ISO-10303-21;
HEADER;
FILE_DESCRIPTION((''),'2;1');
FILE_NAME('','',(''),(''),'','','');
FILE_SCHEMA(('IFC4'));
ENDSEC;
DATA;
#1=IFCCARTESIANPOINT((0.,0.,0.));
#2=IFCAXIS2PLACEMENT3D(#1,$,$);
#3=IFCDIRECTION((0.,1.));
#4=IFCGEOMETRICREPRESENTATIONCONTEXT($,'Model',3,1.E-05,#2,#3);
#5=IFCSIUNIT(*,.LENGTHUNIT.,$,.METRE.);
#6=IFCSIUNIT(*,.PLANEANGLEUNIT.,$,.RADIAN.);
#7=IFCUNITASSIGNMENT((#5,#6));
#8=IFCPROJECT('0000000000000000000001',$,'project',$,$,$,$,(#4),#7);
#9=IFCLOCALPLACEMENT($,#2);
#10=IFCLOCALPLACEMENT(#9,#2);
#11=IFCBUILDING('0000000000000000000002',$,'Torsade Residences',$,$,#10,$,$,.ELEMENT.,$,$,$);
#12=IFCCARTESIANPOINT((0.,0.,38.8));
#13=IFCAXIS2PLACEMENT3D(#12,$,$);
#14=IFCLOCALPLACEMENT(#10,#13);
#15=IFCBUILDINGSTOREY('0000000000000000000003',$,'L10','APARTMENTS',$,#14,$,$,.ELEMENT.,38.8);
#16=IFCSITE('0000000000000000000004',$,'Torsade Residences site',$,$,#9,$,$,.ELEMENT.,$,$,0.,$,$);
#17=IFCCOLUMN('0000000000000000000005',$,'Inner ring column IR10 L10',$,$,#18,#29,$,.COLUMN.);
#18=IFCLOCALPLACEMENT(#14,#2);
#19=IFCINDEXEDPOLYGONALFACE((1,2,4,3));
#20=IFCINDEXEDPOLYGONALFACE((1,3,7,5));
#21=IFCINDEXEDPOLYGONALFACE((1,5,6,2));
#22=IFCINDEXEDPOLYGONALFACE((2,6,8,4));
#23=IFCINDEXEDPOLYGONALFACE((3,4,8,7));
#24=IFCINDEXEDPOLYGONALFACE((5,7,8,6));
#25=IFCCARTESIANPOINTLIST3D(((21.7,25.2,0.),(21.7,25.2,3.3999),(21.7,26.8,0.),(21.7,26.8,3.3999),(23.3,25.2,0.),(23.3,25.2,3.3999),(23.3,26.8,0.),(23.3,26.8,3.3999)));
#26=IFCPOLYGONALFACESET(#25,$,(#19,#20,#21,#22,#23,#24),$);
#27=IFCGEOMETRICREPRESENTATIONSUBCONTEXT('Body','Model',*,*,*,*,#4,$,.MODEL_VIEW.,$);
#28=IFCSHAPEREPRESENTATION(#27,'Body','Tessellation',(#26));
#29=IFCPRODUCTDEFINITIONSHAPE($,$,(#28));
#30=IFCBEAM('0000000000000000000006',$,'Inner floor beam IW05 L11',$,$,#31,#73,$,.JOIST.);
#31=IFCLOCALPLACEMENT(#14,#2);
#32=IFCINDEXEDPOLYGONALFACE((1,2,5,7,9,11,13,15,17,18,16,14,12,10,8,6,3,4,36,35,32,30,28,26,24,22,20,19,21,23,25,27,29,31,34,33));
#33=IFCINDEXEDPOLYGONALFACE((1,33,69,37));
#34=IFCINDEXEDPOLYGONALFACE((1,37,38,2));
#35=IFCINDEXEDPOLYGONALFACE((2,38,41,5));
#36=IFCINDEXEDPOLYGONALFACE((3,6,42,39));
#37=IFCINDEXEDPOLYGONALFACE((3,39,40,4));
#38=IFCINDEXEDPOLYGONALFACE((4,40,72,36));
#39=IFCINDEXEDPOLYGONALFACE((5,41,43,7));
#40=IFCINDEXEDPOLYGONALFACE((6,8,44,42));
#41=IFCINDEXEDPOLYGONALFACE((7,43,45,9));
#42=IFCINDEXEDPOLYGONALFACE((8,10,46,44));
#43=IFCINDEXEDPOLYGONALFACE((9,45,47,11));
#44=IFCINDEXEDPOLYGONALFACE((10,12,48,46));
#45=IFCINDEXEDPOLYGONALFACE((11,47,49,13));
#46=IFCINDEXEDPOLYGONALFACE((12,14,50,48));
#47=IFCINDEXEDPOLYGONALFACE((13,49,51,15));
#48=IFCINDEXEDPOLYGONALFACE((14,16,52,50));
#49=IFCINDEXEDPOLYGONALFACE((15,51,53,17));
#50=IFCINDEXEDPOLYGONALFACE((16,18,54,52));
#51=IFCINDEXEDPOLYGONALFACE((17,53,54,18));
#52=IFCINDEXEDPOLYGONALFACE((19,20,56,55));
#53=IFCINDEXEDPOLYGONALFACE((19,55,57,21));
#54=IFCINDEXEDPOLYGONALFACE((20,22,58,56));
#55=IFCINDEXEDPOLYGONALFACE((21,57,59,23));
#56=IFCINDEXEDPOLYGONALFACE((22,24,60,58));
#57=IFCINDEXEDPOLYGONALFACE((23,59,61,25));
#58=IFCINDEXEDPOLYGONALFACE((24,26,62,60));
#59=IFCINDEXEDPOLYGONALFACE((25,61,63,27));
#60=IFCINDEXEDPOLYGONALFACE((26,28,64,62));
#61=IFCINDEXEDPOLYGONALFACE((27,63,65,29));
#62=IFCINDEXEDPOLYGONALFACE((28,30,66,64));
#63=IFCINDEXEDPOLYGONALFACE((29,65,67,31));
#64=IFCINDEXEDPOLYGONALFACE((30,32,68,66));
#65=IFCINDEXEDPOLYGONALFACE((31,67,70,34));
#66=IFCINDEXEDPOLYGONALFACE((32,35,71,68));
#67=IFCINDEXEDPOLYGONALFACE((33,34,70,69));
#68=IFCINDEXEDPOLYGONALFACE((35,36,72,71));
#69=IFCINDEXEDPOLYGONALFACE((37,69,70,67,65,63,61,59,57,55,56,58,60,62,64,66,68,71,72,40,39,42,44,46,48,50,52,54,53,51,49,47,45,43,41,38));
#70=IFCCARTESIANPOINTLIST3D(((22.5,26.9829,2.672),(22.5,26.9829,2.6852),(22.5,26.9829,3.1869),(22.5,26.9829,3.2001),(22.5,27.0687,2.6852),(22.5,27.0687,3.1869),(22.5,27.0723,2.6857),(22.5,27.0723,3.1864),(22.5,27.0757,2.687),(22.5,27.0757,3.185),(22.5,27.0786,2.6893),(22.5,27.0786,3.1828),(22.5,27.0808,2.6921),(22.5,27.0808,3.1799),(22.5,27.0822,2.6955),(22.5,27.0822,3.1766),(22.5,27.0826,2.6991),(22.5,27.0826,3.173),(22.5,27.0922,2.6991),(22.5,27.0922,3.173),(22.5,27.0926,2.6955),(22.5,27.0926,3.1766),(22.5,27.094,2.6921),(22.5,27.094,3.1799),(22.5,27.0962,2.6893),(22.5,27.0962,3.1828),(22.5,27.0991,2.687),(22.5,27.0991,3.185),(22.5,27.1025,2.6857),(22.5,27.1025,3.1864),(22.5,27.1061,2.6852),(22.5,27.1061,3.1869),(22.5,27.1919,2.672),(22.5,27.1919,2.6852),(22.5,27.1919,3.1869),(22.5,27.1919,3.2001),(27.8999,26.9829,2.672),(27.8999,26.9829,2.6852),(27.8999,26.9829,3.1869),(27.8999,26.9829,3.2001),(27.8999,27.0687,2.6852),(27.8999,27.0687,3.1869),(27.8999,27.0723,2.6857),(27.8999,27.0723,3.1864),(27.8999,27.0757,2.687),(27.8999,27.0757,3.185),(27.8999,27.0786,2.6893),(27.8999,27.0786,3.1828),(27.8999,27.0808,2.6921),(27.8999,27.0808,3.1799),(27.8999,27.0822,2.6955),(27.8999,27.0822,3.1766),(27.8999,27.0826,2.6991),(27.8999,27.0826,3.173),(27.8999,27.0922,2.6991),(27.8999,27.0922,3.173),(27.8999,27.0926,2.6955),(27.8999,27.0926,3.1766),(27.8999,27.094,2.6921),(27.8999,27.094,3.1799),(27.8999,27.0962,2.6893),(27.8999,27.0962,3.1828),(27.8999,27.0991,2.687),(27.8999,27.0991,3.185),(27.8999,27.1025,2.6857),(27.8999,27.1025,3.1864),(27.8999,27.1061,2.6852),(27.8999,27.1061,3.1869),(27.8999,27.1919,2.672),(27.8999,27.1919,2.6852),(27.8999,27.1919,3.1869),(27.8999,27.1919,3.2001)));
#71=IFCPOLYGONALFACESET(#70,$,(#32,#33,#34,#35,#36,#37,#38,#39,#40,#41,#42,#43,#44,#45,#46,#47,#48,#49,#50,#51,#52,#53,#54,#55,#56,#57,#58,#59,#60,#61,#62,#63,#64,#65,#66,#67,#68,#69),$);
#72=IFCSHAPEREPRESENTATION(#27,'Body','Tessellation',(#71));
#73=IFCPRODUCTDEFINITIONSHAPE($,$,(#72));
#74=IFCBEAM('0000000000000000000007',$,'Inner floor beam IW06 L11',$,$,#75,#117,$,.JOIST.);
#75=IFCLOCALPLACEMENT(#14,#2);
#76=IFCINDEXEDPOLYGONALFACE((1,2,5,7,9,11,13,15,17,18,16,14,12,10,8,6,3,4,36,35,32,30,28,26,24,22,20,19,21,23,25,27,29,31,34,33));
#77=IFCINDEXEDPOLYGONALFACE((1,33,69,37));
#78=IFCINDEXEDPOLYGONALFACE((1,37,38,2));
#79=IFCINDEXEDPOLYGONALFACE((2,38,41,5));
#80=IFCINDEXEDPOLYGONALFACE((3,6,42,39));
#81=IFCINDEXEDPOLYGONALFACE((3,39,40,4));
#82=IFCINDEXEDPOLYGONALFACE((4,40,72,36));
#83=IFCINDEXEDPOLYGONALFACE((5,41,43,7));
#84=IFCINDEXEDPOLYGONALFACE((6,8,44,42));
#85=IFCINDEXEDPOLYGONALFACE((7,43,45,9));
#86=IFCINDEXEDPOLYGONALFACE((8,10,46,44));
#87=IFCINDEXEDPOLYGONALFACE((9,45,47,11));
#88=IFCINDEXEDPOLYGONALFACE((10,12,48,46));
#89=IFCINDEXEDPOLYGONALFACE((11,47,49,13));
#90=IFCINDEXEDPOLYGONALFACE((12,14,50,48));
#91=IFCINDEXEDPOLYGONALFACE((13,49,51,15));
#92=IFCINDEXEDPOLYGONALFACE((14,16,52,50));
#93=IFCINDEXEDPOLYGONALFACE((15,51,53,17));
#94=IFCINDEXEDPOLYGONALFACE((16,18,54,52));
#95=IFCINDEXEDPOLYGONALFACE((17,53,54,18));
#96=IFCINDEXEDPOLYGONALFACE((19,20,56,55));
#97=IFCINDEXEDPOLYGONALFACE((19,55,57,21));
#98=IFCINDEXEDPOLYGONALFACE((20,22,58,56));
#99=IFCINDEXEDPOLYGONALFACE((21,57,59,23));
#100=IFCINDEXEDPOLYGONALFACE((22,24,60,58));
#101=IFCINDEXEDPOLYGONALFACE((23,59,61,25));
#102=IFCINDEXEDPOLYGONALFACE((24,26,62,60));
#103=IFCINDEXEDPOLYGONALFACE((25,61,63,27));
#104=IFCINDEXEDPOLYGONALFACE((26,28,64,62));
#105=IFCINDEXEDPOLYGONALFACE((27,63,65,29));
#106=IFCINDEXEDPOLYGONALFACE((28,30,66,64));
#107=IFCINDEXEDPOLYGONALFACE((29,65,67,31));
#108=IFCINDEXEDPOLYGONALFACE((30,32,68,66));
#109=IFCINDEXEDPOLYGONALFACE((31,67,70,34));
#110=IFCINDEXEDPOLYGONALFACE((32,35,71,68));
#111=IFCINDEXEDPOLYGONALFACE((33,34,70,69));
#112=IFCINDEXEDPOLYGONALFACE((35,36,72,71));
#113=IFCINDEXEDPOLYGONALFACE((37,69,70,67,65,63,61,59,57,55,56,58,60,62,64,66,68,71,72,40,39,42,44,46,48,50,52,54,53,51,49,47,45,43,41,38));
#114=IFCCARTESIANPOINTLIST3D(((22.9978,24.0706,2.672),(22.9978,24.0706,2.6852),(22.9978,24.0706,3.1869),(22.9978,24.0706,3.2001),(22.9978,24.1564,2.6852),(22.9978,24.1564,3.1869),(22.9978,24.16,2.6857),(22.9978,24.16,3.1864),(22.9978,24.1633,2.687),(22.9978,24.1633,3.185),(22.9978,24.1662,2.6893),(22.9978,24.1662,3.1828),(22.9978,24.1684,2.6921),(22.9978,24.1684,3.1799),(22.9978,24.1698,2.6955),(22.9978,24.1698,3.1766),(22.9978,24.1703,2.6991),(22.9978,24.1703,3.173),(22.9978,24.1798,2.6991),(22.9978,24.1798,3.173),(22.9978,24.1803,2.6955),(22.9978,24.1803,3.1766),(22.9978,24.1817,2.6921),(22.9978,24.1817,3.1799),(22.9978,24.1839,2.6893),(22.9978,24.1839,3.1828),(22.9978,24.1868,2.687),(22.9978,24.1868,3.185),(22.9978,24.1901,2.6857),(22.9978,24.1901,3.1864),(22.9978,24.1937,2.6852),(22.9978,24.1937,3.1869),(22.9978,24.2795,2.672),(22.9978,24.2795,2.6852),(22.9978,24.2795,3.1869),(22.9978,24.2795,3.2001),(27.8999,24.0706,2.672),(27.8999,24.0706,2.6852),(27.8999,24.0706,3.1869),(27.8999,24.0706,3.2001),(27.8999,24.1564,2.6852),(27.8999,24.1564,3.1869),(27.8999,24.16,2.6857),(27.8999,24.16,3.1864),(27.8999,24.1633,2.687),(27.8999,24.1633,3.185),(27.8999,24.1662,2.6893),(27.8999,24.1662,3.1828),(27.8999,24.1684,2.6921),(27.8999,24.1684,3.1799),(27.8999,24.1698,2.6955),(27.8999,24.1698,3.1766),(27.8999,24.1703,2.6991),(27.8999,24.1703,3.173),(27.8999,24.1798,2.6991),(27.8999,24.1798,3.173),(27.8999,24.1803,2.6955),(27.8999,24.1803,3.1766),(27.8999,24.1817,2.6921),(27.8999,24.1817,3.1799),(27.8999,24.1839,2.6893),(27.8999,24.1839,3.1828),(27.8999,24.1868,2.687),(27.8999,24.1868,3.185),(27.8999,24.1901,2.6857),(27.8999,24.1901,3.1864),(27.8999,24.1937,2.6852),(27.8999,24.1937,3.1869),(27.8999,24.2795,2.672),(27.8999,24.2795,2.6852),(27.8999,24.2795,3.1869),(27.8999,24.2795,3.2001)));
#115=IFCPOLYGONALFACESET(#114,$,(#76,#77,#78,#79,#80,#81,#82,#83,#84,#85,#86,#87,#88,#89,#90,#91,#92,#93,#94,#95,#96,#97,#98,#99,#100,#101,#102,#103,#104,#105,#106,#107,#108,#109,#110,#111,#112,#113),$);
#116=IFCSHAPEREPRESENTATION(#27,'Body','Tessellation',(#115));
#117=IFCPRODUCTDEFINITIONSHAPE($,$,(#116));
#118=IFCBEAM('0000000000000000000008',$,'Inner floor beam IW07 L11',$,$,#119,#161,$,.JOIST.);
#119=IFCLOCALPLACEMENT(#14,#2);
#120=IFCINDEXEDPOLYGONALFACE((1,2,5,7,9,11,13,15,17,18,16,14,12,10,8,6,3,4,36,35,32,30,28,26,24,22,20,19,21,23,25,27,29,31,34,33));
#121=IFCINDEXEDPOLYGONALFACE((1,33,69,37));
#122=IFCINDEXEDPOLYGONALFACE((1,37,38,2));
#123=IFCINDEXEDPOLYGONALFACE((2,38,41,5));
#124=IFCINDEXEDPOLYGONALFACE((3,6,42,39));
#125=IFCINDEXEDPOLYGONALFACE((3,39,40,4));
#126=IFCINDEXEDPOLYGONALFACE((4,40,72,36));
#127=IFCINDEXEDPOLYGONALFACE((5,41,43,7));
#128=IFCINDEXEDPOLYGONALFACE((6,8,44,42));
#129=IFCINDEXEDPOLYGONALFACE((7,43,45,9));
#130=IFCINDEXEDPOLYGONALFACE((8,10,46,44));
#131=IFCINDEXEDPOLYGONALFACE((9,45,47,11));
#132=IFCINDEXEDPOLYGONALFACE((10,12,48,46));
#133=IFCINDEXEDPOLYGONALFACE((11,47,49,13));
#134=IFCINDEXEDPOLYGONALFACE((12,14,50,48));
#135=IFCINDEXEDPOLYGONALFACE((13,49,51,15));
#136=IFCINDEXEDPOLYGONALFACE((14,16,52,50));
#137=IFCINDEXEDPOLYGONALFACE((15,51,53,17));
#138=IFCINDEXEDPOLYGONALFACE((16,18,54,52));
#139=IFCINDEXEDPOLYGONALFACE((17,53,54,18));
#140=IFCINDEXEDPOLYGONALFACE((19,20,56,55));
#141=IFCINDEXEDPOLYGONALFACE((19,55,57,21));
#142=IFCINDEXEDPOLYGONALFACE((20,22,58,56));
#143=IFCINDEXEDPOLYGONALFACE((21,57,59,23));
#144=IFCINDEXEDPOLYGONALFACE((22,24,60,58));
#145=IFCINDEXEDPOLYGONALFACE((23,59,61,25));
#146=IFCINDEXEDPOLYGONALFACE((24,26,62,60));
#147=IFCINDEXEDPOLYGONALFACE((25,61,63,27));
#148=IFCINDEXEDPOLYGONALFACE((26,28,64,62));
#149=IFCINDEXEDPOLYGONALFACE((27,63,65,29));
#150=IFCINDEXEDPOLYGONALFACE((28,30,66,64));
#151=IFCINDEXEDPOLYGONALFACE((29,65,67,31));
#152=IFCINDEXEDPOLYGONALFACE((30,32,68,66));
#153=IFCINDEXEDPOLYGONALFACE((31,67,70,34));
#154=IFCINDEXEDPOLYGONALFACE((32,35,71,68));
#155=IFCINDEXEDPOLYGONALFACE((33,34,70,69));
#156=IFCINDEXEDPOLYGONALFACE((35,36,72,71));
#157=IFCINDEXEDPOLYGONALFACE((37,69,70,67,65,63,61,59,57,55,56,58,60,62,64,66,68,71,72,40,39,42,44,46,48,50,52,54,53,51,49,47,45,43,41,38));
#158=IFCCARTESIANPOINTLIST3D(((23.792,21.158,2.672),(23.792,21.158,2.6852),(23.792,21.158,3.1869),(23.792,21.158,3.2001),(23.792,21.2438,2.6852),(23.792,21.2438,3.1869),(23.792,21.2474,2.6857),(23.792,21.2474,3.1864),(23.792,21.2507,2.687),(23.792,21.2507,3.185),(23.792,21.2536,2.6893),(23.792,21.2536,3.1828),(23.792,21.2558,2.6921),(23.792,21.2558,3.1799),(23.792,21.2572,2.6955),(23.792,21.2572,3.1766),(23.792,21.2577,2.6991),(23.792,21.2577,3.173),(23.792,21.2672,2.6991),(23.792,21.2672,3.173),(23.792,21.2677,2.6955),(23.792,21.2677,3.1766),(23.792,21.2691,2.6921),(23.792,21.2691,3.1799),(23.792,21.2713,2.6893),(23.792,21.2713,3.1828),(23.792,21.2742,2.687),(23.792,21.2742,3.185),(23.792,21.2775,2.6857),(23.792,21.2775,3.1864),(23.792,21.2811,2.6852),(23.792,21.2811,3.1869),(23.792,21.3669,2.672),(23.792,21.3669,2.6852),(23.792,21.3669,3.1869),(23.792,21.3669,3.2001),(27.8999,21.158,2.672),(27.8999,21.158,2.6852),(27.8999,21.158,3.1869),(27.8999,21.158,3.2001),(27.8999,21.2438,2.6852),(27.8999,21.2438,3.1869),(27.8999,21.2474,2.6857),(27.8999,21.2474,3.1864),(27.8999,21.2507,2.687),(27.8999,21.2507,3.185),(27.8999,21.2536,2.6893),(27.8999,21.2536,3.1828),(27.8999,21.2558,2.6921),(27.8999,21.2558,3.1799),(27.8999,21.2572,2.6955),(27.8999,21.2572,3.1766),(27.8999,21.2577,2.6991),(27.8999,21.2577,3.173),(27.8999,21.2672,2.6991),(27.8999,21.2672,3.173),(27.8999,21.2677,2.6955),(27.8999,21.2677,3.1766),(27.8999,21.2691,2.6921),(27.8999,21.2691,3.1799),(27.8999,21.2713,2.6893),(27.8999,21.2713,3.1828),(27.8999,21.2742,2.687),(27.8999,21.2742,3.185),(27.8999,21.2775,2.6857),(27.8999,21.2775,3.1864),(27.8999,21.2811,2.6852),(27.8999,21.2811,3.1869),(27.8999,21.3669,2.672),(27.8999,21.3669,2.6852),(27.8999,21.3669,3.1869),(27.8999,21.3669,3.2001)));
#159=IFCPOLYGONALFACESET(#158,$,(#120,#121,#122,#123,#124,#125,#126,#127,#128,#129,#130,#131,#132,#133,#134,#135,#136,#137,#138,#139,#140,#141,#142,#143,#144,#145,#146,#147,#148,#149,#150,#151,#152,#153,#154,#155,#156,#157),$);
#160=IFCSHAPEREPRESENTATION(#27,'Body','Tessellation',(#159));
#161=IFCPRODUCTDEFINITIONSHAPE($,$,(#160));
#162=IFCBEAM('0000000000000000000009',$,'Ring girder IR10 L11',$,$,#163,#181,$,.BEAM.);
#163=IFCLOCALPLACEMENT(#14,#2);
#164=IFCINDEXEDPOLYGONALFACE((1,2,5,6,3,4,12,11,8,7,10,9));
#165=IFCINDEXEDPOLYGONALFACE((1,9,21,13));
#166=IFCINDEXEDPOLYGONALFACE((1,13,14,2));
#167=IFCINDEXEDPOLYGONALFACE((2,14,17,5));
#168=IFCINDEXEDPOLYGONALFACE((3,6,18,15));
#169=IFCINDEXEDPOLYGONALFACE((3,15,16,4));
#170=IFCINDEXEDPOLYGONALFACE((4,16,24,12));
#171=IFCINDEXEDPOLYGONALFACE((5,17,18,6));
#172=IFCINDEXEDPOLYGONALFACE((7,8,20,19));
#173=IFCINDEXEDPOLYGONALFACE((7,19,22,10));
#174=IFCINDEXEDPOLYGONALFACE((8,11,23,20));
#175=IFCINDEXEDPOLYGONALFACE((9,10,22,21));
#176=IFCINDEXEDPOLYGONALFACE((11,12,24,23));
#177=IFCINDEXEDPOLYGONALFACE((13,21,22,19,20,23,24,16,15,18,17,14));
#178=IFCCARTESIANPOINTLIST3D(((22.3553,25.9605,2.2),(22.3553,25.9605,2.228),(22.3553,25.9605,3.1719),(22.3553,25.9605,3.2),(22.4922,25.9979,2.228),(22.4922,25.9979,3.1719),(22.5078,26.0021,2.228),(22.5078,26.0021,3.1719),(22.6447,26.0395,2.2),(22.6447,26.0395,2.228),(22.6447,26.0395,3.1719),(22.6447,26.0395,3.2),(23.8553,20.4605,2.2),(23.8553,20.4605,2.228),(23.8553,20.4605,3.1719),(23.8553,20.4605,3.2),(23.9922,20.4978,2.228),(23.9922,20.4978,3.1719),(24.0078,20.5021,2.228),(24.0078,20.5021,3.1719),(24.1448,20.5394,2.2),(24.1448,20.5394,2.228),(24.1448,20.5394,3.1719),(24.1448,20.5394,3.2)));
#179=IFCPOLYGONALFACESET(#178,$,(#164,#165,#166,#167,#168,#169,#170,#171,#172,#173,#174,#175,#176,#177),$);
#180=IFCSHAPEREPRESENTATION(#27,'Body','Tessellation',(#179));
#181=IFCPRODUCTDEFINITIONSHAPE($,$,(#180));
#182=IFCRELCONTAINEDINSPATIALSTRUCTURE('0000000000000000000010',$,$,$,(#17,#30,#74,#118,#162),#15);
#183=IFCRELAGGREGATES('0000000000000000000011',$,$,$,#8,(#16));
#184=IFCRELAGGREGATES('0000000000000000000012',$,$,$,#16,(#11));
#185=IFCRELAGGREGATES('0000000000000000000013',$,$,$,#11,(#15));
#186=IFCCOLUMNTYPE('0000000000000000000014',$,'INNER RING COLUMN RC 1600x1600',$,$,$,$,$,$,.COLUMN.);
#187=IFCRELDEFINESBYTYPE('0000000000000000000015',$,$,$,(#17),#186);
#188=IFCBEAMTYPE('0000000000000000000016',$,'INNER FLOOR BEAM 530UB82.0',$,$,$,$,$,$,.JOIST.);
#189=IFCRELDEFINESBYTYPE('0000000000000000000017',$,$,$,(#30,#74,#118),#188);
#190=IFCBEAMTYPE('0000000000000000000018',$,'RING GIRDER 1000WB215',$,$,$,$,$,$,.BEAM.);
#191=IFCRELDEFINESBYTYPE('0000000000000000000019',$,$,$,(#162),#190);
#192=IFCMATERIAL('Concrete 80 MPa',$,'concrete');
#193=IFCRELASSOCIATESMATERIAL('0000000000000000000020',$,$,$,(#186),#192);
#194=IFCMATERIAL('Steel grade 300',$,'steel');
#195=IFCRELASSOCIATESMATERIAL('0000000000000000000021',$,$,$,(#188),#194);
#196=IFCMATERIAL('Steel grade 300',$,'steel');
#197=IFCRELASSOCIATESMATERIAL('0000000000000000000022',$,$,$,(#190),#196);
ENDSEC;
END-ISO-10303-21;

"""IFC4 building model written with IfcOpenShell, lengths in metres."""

from ifc_helpers import new_model, si_unit, direction, frame, origin, origin_2d, place, context, subcontext, project, spatial, rectangle, i_section, extrude, material, material_profile, profile_set, type_object, element, save


model = new_model("IFC4")

# Units and contexts
model_context = context("Model", 3, precision=1e-05, world=origin(), true_north=direction((0.0, 1.0)))
body_context = subcontext(model_context, "Body", "Model", "MODEL_VIEW")
ifc_project = project(units=[si_unit("LENGTHUNIT", "METRE"), si_unit("PLANEANGLEUNIT", "RADIAN")], contexts=[model_context])

# Site, building, storey
site_placement = place(None, origin())
site = spatial("IfcSite", under=ifc_project, at=site_placement, Name="Torsade Residences site", CompositionType="ELEMENT", RefElevation=0.0)
building_placement = place(site_placement, origin())
building = spatial("IfcBuilding", under=site, at=building_placement, Name="Torsade Residences", CompositionType="ELEMENT")
storey_placement = place(building_placement, frame((0.0, 0.0, 38.8)))
storey = spatial("IfcBuildingStorey", under=building, at=storey_placement, Name="L10", Description="APARTMENTS", CompositionType="ELEMENT", Elevation=38.8)

# Column
ifc_material_1 = material(Name="Concrete 80 MPa", Category="concrete")
ifc_material_profile_1 = material_profile(ifc_material_1, rectangle(XDim=1.6001, YDim=1.6001, at=origin_2d()), Name="RC 1600x1600")
ifc_profile_set_1 = profile_set([ifc_material_profile_1], Name="Concrete 80 MPa")
column_type = type_object("IfcColumnType", Name="INNER RING COLUMN RC 1600x1600", PredefinedType="COLUMN", material=ifc_profile_set_1)
column_placement = place(storey_placement, frame((22.5, 26.0, 0.0), z_axis=(0.0, 0.0, 1.0), x_axis=(1.0, 0.0, 0.0)))
element("IfcColumn", 1, at=column_placement, inside=storey, type_object=column_type, Name="Inner ring column IR10 L10", PredefinedType="COLUMN", context=body_context, shape_type="SweptSolid", body=[
    extrude(rectangle(XDim=1.6001, YDim=1.6001, at=origin_2d()), origin(), (0.0, 0.0, 1.0), 3.3999),
])

# Beams
ifc_material_2 = material(Name="Steel grade 300", Category="steel")
ifc_material_profile_2 = material_profile(ifc_material_2, i_section(OverallWidth=0.209, OverallDepth=0.5281, WebThickness=0.0095, FlangeThickness=0.0132, FilletRadius=0.0139, at=origin_2d()), Name="530UB82.0")
ifc_profile_set_2 = profile_set([ifc_material_profile_2], Name="Steel grade 300")
beam_type_1 = type_object("IfcBeamType", Name="INNER FLOOR BEAM 530UB82.0", PredefinedType="JOIST", material=ifc_profile_set_2)
beam_1_placement = place(storey_placement, frame((27.8999, 27.0874, 2.936), z_axis=(-1.0, 0.0, 0.0), x_axis=(0.0, -1.0, 0.0)))
element("IfcBeam", 2, at=beam_1_placement, inside=storey, type_object=beam_type_1, Name="Inner floor beam IW05 L11", PredefinedType="JOIST", context=body_context, shape_type="SweptSolid", body=[
    extrude(i_section(OverallWidth=0.209, OverallDepth=0.5281, WebThickness=0.0095, FlangeThickness=0.0132, FilletRadius=0.0139, at=origin_2d()), origin(), (0.0, 0.0, 1.0), 5.3999),
])
beam_2_placement = place(storey_placement, frame((27.8999, 24.175, 2.936), z_axis=(-1.0, 0.0, 0.0), x_axis=(0.0, -1.0, 0.0)))
element("IfcBeam", 3, at=beam_2_placement, inside=storey, type_object=beam_type_1, Name="Inner floor beam IW06 L11", PredefinedType="JOIST", context=body_context, shape_type="SweptSolid", body=[
    extrude(i_section(OverallWidth=0.209, OverallDepth=0.5281, WebThickness=0.0095, FlangeThickness=0.0132, FilletRadius=0.0139, at=origin_2d()), origin(), (0.0, 0.0, 1.0), 4.9021),
])
beam_3_placement = place(storey_placement, frame((27.8999, 21.2625, 2.936), z_axis=(-1.0, 0.0, 0.0), x_axis=(0.0, -1.0, 0.0)))
element("IfcBeam", 4, at=beam_3_placement, inside=storey, type_object=beam_type_1, Name="Inner floor beam IW07 L11", PredefinedType="JOIST", context=body_context, shape_type="SweptSolid", body=[
    extrude(i_section(OverallWidth=0.209, OverallDepth=0.5281, WebThickness=0.0095, FlangeThickness=0.0132, FilletRadius=0.0139, at=origin_2d()), origin(), (0.0, 0.0, 1.0), 4.1079),
])
ifc_material_3 = material(Name="Steel grade 300", Category="steel")
ifc_material_profile_3 = material_profile(ifc_material_3, i_section(OverallWidth=0.3, OverallDepth=1.0, WebThickness=0.0161, FlangeThickness=0.0281, at=origin_2d()), Name="1000WB215")
ifc_profile_set_3 = profile_set([ifc_material_profile_3], Name="Steel grade 300")
beam_type_2 = type_object("IfcBeamType", Name="RING GIRDER 1000WB215", PredefinedType="BEAM", material=ifc_profile_set_3)
beam_4_placement = place(storey_placement, frame((22.5, 26.0, 2.7), z_axis=(0.263117, -0.964764, 0.0), x_axis=(0.964764, 0.263117, 0.0)))
element("IfcBeam", 5, at=beam_4_placement, inside=storey, type_object=beam_type_2, Name="Ring girder IR10 L11", PredefinedType="BEAM", context=body_context, shape_type="SweptSolid", body=[
    extrude(i_section(OverallWidth=0.3, OverallDepth=1.0, WebThickness=0.0161, FlangeThickness=0.0281, at=origin_2d()), origin(), (0.0, 0.0, 1.0), 5.7009),
])

save(model, "model.ifc")
